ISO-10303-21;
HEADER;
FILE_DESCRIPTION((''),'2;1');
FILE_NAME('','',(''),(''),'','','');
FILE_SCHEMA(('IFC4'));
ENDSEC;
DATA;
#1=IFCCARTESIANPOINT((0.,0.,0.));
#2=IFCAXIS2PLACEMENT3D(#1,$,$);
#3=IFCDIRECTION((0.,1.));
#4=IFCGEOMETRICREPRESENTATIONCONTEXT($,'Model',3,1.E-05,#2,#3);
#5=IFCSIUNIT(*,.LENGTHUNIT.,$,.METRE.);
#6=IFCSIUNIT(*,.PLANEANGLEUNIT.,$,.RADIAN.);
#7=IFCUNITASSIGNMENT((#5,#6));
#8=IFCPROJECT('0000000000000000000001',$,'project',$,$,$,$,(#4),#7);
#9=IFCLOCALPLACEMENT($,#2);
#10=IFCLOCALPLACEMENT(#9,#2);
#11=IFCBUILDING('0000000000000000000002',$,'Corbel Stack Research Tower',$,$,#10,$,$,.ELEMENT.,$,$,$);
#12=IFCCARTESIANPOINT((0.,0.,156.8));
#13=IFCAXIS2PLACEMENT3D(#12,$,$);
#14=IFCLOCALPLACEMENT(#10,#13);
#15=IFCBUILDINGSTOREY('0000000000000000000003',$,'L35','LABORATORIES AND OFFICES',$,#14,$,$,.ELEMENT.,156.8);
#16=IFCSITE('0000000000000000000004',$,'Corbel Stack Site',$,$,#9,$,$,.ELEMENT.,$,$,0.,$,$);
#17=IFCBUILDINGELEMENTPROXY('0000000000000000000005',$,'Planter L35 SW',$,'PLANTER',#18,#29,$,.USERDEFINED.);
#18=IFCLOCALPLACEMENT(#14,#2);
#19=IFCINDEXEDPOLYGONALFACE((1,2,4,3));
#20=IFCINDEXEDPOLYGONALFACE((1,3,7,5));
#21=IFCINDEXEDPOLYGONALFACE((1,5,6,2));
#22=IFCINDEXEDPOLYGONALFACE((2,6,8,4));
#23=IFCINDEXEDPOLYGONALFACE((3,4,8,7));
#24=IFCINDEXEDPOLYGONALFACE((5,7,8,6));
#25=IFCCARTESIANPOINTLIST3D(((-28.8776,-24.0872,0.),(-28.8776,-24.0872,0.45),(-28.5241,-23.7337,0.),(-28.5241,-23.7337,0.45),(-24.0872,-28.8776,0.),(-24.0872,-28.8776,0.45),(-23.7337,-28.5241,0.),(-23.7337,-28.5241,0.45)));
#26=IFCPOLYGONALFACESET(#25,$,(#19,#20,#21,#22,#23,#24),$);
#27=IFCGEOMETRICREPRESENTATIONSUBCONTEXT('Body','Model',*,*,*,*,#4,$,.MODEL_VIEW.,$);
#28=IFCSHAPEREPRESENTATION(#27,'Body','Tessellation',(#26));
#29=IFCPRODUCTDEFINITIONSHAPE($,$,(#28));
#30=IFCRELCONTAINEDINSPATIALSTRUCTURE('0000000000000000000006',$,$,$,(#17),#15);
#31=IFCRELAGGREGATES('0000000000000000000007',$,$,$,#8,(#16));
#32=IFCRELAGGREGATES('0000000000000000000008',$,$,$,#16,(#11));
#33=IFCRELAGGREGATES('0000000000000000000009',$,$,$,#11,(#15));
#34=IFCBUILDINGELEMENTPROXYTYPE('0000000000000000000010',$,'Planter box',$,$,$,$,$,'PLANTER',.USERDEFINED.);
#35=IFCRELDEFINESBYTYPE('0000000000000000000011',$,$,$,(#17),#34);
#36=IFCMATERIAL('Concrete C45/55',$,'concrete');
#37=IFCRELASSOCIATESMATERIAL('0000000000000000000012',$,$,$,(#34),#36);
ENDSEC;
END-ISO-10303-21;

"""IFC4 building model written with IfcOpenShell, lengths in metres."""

from ifc_helpers import new_model, si_unit, direction, frame, origin, origin_2d, place, context, subcontext, project, spatial, rectangle, extrude, material, type_object, element, save


model = new_model("IFC4")

# Units and contexts
model_context = context("Model", 3, precision=1e-05, world=origin(), true_north=direction((0.0, 1.0)))
body_context = subcontext(model_context, "Body", "Model", "MODEL_VIEW")
ifc_project = project(units=[si_unit("LENGTHUNIT", "METRE"), si_unit("PLANEANGLEUNIT", "RADIAN")], contexts=[model_context])

# Site, building, storey
site_placement = place(None, origin())
site = spatial("IfcSite", under=ifc_project, at=site_placement, Name="Corbel Stack Site", CompositionType="ELEMENT", RefElevation=0.0)
building_placement = place(site_placement, origin())
building = spatial("IfcBuilding", under=site, at=building_placement, Name="Corbel Stack Research Tower", CompositionType="ELEMENT")
storey_placement = place(building_placement, frame((0.0, 0.0, 156.8)))
storey = spatial("IfcBuildingStorey", under=building, at=storey_placement, Name="L35", Description="LABORATORIES AND OFFICES", CompositionType="ELEMENT", Elevation=156.8)

# Building element proxy
ifc_material_1 = material(Name="Concrete C45/55", Category="concrete")
building_element_proxy_type = type_object("IfcBuildingElementProxyType", Name="Planter box", ElementType="PLANTER", PredefinedType="USERDEFINED", material=ifc_material_1)
proxy_placement = place(storey_placement, frame((-26.3057, -26.3057, 0.0), z_axis=(0.0, 0.0, 1.0), x_axis=(0.707107, -0.707107, 0.0)))
element("IfcBuildingElementProxy", 1, at=proxy_placement, inside=storey, type_object=building_element_proxy_type, Name="Planter L35 SW", ObjectType="PLANTER", PredefinedType="USERDEFINED", context=body_context, shape_type="SweptSolid", body=[
    extrude(rectangle(XDim=6.7747, YDim=0.5, at=origin_2d()), origin(), (0.0, 0.0, 1.0), 0.45),
])

save(model, "model.ifc")
